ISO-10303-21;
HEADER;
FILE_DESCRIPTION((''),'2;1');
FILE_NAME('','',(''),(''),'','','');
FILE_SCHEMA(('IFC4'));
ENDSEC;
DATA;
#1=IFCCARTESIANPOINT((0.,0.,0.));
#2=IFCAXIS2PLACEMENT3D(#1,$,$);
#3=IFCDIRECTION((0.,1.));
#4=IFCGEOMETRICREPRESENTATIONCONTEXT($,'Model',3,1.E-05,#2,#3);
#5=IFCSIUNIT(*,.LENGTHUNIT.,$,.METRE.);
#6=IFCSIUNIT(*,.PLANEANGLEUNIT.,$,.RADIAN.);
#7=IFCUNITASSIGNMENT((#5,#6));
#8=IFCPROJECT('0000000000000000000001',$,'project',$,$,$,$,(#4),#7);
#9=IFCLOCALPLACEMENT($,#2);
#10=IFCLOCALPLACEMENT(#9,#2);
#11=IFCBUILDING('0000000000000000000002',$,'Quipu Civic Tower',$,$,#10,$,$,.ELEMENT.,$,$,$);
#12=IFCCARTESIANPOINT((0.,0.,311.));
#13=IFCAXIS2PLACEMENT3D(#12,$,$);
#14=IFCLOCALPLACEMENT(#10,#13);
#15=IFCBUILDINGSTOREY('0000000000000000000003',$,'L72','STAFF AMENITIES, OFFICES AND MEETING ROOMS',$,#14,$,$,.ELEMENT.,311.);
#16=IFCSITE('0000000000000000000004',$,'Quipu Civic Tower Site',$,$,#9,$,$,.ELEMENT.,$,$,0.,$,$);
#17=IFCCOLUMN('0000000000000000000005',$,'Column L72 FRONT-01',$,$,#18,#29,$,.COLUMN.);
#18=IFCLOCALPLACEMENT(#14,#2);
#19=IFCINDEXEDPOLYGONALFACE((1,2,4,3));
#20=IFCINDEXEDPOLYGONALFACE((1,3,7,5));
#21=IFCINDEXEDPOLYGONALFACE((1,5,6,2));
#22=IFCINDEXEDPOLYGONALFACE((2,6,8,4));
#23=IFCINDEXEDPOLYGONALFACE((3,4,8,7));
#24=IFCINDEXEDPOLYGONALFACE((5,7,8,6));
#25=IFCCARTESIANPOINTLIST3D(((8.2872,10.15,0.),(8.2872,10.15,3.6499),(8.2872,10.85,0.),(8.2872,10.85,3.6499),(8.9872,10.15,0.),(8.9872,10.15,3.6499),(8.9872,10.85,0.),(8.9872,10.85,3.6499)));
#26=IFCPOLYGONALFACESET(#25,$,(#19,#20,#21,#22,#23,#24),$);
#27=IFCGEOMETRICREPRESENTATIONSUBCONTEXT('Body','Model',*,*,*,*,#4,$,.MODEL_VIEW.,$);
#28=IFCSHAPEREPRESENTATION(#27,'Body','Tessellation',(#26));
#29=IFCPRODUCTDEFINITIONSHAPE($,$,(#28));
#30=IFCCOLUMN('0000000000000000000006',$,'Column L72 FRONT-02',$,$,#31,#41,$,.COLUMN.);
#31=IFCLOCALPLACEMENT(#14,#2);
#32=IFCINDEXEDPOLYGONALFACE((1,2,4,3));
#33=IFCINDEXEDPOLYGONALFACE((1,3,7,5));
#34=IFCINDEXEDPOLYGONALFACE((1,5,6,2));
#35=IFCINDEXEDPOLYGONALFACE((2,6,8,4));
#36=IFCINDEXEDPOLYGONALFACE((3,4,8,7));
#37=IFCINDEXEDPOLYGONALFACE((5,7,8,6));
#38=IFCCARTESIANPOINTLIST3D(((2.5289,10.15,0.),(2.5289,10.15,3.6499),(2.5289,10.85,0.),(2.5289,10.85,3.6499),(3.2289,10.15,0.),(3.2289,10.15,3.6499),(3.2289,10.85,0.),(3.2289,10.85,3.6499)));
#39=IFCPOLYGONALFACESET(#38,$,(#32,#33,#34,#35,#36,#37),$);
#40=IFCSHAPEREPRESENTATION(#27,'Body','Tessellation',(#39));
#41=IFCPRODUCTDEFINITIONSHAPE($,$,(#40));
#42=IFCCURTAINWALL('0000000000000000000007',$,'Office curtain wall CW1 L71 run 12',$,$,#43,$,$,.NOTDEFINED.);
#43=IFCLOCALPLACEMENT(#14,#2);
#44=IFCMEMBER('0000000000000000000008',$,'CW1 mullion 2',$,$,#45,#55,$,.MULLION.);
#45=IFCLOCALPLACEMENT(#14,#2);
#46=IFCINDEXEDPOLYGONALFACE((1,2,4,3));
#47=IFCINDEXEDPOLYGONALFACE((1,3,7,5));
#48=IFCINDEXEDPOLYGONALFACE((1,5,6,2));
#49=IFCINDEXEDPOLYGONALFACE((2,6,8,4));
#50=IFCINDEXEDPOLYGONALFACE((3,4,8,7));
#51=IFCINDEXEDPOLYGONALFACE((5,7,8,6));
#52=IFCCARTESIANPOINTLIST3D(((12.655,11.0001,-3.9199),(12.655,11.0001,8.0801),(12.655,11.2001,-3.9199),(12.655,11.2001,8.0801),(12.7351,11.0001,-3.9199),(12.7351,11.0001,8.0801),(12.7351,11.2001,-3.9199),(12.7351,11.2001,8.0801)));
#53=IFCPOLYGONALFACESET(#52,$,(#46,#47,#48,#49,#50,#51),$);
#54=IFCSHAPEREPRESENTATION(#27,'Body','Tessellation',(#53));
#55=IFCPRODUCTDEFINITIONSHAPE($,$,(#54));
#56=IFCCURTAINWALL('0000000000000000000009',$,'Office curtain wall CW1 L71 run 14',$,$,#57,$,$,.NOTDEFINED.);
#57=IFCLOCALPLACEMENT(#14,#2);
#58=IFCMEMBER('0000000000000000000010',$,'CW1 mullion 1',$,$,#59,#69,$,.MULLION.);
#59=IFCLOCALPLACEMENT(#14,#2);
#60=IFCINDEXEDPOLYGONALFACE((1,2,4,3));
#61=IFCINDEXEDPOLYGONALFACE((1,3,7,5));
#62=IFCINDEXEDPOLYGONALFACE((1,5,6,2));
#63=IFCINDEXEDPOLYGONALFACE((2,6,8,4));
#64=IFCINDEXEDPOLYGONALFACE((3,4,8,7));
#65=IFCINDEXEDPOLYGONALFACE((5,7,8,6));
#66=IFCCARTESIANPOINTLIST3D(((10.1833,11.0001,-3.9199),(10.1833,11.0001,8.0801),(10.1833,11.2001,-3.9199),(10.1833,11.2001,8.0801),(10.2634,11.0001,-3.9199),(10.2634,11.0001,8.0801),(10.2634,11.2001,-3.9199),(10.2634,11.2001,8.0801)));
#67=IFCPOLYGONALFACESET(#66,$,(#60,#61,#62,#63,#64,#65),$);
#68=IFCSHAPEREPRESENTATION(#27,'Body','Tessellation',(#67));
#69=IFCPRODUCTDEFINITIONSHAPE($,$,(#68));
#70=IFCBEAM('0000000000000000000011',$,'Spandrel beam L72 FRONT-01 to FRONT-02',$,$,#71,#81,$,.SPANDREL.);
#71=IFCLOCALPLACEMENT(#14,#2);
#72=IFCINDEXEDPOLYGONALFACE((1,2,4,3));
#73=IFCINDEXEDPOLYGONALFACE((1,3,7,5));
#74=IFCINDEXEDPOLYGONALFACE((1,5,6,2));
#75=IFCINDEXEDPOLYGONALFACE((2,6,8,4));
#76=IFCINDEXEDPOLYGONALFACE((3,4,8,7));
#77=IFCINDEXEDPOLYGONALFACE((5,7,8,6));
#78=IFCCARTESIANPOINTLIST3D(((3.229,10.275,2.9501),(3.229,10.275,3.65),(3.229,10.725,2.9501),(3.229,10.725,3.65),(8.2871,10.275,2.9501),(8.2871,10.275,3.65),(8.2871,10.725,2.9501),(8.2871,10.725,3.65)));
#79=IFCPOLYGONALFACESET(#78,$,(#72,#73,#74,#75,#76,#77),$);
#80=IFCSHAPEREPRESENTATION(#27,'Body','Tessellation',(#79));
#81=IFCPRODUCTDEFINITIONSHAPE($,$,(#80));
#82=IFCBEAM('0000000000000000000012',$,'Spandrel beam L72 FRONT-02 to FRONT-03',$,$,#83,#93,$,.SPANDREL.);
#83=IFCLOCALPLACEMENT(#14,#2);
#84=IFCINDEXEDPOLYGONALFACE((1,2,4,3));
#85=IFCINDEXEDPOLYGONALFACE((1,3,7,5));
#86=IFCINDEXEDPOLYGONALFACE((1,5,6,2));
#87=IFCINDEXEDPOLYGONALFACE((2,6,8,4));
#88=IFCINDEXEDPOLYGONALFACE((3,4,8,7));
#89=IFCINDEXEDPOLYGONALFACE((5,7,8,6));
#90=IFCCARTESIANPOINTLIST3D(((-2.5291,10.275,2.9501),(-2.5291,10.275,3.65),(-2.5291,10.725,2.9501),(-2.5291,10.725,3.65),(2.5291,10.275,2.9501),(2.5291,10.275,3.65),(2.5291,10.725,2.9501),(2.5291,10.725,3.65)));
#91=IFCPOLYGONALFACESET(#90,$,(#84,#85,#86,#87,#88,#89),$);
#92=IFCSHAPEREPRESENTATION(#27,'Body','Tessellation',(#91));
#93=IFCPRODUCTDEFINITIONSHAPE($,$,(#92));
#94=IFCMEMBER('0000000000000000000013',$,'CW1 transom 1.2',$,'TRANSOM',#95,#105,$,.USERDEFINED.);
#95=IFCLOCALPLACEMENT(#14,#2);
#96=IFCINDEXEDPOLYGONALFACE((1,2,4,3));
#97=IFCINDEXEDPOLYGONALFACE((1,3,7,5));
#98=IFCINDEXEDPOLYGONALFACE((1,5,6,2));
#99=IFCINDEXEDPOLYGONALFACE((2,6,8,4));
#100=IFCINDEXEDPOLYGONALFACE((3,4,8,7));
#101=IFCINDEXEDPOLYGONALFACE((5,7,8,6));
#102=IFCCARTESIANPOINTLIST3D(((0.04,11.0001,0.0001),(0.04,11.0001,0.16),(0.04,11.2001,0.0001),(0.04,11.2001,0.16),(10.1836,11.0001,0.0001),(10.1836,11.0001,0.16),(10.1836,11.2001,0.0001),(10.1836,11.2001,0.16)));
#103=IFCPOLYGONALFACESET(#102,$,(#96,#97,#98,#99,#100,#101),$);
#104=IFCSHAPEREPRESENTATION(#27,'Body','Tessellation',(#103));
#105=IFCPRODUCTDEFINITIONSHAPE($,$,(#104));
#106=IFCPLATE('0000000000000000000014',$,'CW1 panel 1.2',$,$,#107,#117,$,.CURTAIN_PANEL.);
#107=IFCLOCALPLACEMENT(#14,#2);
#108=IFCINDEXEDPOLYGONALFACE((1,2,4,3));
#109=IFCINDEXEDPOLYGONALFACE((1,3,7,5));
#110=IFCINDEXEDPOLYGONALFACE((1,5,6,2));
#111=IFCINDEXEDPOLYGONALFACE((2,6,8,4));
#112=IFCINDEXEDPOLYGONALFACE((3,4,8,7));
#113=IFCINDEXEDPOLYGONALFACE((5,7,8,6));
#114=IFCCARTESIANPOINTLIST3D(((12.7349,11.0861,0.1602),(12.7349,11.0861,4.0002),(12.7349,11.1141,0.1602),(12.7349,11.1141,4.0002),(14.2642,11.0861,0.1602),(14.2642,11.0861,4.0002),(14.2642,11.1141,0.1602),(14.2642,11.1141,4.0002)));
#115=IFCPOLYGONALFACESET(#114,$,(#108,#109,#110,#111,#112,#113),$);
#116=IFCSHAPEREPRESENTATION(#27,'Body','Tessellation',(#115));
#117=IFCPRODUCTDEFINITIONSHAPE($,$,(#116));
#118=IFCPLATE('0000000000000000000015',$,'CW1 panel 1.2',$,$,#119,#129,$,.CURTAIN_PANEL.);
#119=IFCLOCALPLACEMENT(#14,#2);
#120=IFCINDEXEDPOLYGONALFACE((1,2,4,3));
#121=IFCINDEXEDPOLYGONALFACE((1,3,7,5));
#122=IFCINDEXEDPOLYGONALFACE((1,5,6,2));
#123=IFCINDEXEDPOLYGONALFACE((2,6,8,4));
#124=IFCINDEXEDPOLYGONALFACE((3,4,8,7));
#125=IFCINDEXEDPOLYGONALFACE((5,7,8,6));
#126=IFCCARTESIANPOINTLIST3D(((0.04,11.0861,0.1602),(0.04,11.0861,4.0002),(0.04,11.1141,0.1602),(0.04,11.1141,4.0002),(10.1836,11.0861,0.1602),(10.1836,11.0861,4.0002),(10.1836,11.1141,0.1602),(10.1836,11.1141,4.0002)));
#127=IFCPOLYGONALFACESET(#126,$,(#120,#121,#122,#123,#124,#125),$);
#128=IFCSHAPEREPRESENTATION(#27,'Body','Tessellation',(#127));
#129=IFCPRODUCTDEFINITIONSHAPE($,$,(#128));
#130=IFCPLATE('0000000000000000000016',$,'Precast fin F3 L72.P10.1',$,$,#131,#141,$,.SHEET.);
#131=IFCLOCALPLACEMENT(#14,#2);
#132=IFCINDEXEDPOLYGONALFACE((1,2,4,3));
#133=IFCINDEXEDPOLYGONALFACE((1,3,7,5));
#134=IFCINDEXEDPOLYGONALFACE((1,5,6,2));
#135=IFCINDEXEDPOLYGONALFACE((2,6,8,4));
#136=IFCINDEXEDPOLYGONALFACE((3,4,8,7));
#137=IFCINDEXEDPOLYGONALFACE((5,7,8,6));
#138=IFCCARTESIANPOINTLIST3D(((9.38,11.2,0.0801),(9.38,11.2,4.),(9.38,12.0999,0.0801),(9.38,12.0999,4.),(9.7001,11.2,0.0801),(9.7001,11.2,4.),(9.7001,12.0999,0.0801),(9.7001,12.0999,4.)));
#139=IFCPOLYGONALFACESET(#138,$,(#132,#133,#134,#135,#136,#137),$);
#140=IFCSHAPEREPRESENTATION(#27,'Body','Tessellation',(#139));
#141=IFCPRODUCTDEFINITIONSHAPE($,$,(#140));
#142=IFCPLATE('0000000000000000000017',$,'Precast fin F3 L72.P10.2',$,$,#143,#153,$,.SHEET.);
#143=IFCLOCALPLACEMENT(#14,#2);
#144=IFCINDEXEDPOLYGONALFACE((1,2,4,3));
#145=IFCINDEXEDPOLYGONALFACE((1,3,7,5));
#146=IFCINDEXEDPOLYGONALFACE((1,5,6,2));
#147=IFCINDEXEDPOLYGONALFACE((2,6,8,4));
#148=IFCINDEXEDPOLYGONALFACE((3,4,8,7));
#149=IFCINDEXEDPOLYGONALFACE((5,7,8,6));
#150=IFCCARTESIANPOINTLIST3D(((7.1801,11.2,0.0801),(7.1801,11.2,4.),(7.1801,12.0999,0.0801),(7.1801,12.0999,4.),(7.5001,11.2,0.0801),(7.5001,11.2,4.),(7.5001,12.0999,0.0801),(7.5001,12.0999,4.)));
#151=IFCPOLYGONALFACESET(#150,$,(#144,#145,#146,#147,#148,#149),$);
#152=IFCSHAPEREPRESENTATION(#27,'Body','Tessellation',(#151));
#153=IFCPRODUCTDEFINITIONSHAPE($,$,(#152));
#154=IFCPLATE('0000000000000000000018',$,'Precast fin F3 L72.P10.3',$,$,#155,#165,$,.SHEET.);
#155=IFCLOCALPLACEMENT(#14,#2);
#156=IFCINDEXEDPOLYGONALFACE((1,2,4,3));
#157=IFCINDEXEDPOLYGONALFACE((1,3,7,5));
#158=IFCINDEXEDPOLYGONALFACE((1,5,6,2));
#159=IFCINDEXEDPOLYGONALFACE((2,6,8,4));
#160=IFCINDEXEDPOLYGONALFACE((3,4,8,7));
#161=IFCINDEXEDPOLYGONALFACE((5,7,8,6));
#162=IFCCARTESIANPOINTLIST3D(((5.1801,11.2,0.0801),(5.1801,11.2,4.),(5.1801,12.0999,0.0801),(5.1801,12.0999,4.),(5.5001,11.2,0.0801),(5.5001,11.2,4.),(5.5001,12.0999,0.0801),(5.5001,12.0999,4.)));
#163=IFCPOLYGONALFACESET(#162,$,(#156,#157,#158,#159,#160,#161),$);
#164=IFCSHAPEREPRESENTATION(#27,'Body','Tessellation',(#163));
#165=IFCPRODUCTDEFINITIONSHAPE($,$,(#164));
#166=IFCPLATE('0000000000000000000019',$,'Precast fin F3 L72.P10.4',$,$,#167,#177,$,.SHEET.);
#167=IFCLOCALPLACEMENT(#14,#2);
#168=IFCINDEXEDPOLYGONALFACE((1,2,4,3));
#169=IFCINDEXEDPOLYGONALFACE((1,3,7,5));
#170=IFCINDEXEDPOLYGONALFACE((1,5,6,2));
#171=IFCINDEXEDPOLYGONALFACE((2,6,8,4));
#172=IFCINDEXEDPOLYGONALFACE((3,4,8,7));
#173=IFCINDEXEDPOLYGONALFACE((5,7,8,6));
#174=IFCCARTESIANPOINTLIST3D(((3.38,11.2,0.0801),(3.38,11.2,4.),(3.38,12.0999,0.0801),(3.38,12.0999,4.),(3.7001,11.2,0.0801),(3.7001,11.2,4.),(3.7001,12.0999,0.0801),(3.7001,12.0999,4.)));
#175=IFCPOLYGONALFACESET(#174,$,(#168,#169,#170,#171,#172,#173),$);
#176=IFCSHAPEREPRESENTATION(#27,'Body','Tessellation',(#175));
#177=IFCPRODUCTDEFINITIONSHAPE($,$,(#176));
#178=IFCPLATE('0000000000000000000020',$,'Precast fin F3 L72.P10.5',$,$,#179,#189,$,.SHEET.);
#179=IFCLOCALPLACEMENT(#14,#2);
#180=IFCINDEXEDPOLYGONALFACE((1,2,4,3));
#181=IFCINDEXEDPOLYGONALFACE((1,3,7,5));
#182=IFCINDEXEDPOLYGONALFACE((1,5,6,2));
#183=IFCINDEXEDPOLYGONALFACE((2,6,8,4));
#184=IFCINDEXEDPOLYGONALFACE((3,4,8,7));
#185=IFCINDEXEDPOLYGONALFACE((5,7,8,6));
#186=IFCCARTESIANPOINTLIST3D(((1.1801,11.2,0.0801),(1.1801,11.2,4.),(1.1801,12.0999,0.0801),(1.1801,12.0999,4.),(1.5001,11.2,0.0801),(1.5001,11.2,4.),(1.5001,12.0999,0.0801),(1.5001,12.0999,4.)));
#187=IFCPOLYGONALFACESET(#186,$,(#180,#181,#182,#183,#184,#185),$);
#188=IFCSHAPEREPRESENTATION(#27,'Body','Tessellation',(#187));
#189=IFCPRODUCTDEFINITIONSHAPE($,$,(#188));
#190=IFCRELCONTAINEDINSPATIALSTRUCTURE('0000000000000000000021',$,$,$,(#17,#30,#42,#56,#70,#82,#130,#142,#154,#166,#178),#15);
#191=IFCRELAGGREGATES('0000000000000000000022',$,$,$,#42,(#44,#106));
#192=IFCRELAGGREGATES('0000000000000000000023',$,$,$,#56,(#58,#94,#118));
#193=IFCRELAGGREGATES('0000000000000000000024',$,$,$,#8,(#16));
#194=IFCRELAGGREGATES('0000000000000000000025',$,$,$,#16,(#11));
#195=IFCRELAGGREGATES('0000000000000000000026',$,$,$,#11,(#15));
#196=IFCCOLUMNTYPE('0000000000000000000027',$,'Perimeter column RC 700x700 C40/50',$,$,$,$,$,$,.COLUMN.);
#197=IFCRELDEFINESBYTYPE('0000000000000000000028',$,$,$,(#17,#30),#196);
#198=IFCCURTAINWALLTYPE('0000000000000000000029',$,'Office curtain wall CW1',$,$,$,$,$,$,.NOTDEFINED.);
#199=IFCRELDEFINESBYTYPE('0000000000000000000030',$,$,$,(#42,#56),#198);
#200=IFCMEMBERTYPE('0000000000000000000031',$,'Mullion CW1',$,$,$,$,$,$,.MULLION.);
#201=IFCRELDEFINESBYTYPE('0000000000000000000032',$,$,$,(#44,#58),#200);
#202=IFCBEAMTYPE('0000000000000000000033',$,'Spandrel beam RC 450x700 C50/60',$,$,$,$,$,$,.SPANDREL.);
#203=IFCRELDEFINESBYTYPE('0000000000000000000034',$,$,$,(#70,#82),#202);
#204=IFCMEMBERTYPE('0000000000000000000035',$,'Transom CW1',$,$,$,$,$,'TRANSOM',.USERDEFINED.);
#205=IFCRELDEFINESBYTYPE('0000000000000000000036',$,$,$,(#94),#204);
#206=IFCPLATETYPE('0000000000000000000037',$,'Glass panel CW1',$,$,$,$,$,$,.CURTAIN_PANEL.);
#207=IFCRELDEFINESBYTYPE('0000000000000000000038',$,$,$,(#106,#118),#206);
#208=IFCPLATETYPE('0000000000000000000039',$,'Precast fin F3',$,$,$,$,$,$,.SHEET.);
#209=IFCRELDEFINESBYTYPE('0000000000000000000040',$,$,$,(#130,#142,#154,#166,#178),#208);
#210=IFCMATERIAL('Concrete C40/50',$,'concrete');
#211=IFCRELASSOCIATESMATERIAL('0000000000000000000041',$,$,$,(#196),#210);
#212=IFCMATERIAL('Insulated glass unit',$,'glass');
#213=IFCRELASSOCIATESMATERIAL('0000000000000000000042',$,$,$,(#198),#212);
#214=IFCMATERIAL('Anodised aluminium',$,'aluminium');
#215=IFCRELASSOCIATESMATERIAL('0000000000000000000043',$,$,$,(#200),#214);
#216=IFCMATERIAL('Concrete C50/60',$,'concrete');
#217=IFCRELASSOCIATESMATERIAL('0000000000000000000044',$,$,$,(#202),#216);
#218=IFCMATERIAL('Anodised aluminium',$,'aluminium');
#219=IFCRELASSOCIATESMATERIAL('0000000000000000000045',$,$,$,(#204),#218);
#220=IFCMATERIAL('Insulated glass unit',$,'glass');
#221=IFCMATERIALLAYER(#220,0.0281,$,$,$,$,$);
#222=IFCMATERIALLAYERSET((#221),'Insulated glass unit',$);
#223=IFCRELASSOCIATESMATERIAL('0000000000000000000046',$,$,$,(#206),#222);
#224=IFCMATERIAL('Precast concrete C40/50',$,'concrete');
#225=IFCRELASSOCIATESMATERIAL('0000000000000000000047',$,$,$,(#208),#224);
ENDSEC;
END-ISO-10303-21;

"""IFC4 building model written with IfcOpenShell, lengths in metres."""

from ifc_helpers import new_model, si_unit, direction, frame, origin, origin_2d, place, context, subcontext, project, spatial, rectangle, extrude, material, layer, layer_set, material_profile, profile_set, type_object, element, aggregate, save


model = new_model("IFC4")

# Units and contexts
model_context = context("Model", 3, precision=1e-05, world=origin(), true_north=direction((0.0, 1.0)))
body_context = subcontext(model_context, "Body", "Model", "MODEL_VIEW")
ifc_project = project(units=[si_unit("LENGTHUNIT", "METRE"), si_unit("PLANEANGLEUNIT", "RADIAN")], contexts=[model_context])

# Site, building, storey
site_placement = place(None, origin())
site = spatial("IfcSite", under=ifc_project, at=site_placement, Name="Quipu Civic Tower Site", CompositionType="ELEMENT", RefElevation=0.0)
building_placement = place(site_placement, origin())
building = spatial("IfcBuilding", under=site, at=building_placement, Name="Quipu Civic Tower", CompositionType="ELEMENT")
storey_placement = place(building_placement, frame((0.0, 0.0, 311.0)))
storey = spatial("IfcBuildingStorey", under=building, at=storey_placement, Name="L72", Description="STAFF AMENITIES, OFFICES AND MEETING ROOMS", CompositionType="ELEMENT", Elevation=311.0)

# Columns
ifc_material_1 = material(Name="Concrete C40/50", Category="concrete")
ifc_material_profile_1 = material_profile(ifc_material_1, rectangle(XDim=0.7, YDim=0.7, at=origin_2d()), Name="RC700x700")
ifc_profile_set_1 = profile_set([ifc_material_profile_1], Name="Concrete C40/50")
column_type = type_object("IfcColumnType", Name="Perimeter column RC 700x700 C40/50", PredefinedType="COLUMN", material=ifc_profile_set_1)
for number, where, z_axis, x_axis, name in (
    (1, (8.6372, 10.5, 0.0), (0.0, 0.0, 1.0), (-1.0, 0.0, 0.0), "Column L72 FRONT-01"),
    (2, (2.8789, 10.5, 0.0), (0.0, 0.0, 1.0), (-1.0, 0.0, 0.0), "Column L72 FRONT-02"),
):
    element("IfcColumn", number, at=place(storey_placement, frame(where, z_axis=z_axis, x_axis=x_axis)), inside=storey, type_object=column_type, Name=name, PredefinedType="COLUMN", context=body_context, shape_type="SweptSolid", body=[
        extrude(rectangle(XDim=0.7, YDim=0.7, at=origin_2d()), origin(), (0.0, 0.0, 1.0), 3.6499),
    ])

# Curtain walls, members
ifc_material_2 = material(Name="Insulated glass unit", Category="glass")
curtain_wall_type = type_object("IfcCurtainWallType", Name="Office curtain wall CW1", PredefinedType="NOTDEFINED", material=ifc_material_2)
curtain_wall_1_placement = place(storey_placement, origin())
curtain_wall_1 = element("IfcCurtainWall", 3, at=curtain_wall_1_placement, inside=storey, type_object=curtain_wall_type, Name="Office curtain wall CW1 L71 run 12", PredefinedType="NOTDEFINED")
ifc_material_3 = material(Name="Anodised aluminium", Category="aluminium")
ifc_material_profile_2 = material_profile(ifc_material_3, rectangle(XDim=0.2, YDim=0.0801, at=origin_2d()), Name="RECT 200x80")
ifc_profile_set_2 = profile_set([ifc_material_profile_2], Name="Anodised aluminium")
member_type_1 = type_object("IfcMemberType", Name="Mullion CW1", PredefinedType="MULLION", material=ifc_profile_set_2)
member_1_placement = place(storey_placement, frame((12.6951, 11.1001, -3.9199), z_axis=(0.0, 0.0, 1.0), x_axis=(0.0, -1.0, 0.0)))
member_1 = element("IfcMember", 4, at=member_1_placement, type_object=member_type_1, Name="CW1 mullion 2", PredefinedType="MULLION", context=body_context, shape_type="SweptSolid", body=[
    extrude(rectangle(XDim=0.2, YDim=0.0801, at=origin_2d()), origin(), (0.0, 0.0, 1.0), 12.0),
])
curtain_wall_2_placement = place(storey_placement, origin())
curtain_wall_2 = element("IfcCurtainWall", 5, at=curtain_wall_2_placement, inside=storey, type_object=curtain_wall_type, Name="Office curtain wall CW1 L71 run 14", PredefinedType="NOTDEFINED")
member_2_placement = place(storey_placement, frame((10.2234, 11.1001, -3.9199), z_axis=(0.0, 0.0, 1.0), x_axis=(0.0, -1.0, 0.0)))
member_2 = element("IfcMember", 6, at=member_2_placement, type_object=member_type_1, Name="CW1 mullion 1", PredefinedType="MULLION", context=body_context, shape_type="SweptSolid", body=[
    extrude(rectangle(XDim=0.2, YDim=0.0801, at=origin_2d()), origin(), (0.0, 0.0, 1.0), 12.0),
])

# Beams
ifc_material_4 = material(Name="Concrete C50/60", Category="concrete")
ifc_material_profile_3 = material_profile(ifc_material_4, rectangle(XDim=0.45, YDim=0.7, at=origin_2d()), Name="RC450x700")
ifc_profile_set_3 = profile_set([ifc_material_profile_3], Name="Concrete C50/60")
beam_type = type_object("IfcBeamType", Name="Spandrel beam RC 450x700 C50/60", PredefinedType="SPANDREL", material=ifc_profile_set_3)
for number, where, z_axis, x_axis, name in (
    (7, (8.2871, 10.5, 3.3), (-1.0, 0.0, 0.0), (0.0, -1.0, 0.0), "Spandrel beam L72 FRONT-01 to FRONT-02"),
    (8, (2.5291, 10.5, 3.3), (-1.0, 0.0, 0.0), (0.0, -1.0, 0.0), "Spandrel beam L72 FRONT-02 to FRONT-03"),
):
    element("IfcBeam", number, at=place(storey_placement, frame(where, z_axis=z_axis, x_axis=x_axis)), inside=storey, type_object=beam_type, Name=name, PredefinedType="SPANDREL", context=body_context, shape_type="SweptSolid", body=[
        extrude(rectangle(XDim=0.45, YDim=0.7, at=origin_2d()), origin(), (0.0, 0.0, 1.0), 5.0581),
    ])

# Member
ifc_material_5 = material(Name="Anodised aluminium", Category="aluminium")
ifc_material_profile_4 = material_profile(ifc_material_5, rectangle(XDim=0.2, YDim=0.1599, at=origin_2d()), Name="RECT 200x160")
ifc_profile_set_4 = profile_set([ifc_material_profile_4], Name="Anodised aluminium")
member_type_2 = type_object("IfcMemberType", Name="Transom CW1", ElementType="TRANSOM", PredefinedType="USERDEFINED", material=ifc_profile_set_4)
member_3_placement = place(storey_placement, frame((10.1836, 11.1001, 0.0801), z_axis=(-1.0, 0.0, 0.0), x_axis=(0.0, -1.0, 0.0)))
member_3 = element("IfcMember", 9, at=member_3_placement, type_object=member_type_2, Name="CW1 transom 1.2", ObjectType="TRANSOM", PredefinedType="USERDEFINED", context=body_context, shape_type="SweptSolid", body=[
    extrude(rectangle(XDim=0.2, YDim=0.1599, at=origin_2d()), origin(), (0.0, 0.0, 1.0), 10.1436),
])

# Plates
ifc_material_6 = material(Name="Insulated glass unit", Category="glass")
ifc_layer_1 = layer(ifc_material_6, 0.0281)
ifc_layer_set_1 = layer_set([ifc_layer_1], Name="Insulated glass unit")
plate_type_1 = type_object("IfcPlateType", Name="Glass panel CW1", PredefinedType="CURTAIN_PANEL", material=ifc_layer_set_1)
plate_1_placement = place(storey_placement, frame((13.4995, 11.1001, 0.1602), z_axis=(0.0, 0.0, 1.0), x_axis=(-1.0, 0.0, 0.0)))
plate_1 = element("IfcPlate", 10, at=plate_1_placement, type_object=plate_type_1, Name="CW1 panel 1.2", PredefinedType="CURTAIN_PANEL", context=body_context, shape_type="SweptSolid", body=[
    extrude(rectangle(XDim=1.5293, YDim=0.0281, at=origin_2d()), origin(), (0.0, 0.0, 1.0), 3.8401),
])
aggregate(curtain_wall_1, [member_1, plate_1])
plate_2_placement = place(storey_placement, frame((5.1118, 11.1001, 0.1602), z_axis=(0.0, 0.0, 1.0), x_axis=(-1.0, 0.0, 0.0)))
plate_2 = element("IfcPlate", 11, at=plate_2_placement, type_object=plate_type_1, Name="CW1 panel 1.2", PredefinedType="CURTAIN_PANEL", context=body_context, shape_type="SweptSolid", body=[
    extrude(rectangle(XDim=10.1436, YDim=0.0281, at=origin_2d()), origin(), (0.0, 0.0, 1.0), 3.8401),
])
aggregate(curtain_wall_2, [member_2, member_3, plate_2])

# Plates
ifc_material_7 = material(Name="Precast concrete C40/50", Category="concrete")
plate_type_2 = type_object("IfcPlateType", Name="Precast fin F3", PredefinedType="SHEET", material=ifc_material_7)
for number, where, z_axis, x_axis, name in (
    (12, (9.54, 11.6499, 0.0801), (0.0, 0.0, 1.0), (-1.0, 0.0, 0.0), "Precast fin F3 L72.P10.1"),
    (13, (7.3401, 11.6499, 0.0801), (0.0, 0.0, 1.0), (-1.0, 0.0, 0.0), "Precast fin F3 L72.P10.2"),
    (14, (5.3401, 11.6499, 0.0801), (0.0, 0.0, 1.0), (-1.0, 0.0, 0.0), "Precast fin F3 L72.P10.3"),
    (15, (3.54, 11.6499, 0.0801), (0.0, 0.0, 1.0), (-1.0, 0.0, 0.0), "Precast fin F3 L72.P10.4"),
    (16, (1.3401, 11.6499, 0.0801), (0.0, 0.0, 1.0), (-1.0, 0.0, 0.0), "Precast fin F3 L72.P10.5"),
):
    element("IfcPlate", number, at=place(storey_placement, frame(where, z_axis=z_axis, x_axis=x_axis)), inside=storey, type_object=plate_type_2, Name=name, PredefinedType="SHEET", context=body_context, shape_type="SweptSolid", body=[
        extrude(rectangle(XDim=0.3201, YDim=0.8999, at=origin_2d()), origin(), (0.0, 0.0, 1.0), 3.9199),
    ])

save(model, "model.ifc")
